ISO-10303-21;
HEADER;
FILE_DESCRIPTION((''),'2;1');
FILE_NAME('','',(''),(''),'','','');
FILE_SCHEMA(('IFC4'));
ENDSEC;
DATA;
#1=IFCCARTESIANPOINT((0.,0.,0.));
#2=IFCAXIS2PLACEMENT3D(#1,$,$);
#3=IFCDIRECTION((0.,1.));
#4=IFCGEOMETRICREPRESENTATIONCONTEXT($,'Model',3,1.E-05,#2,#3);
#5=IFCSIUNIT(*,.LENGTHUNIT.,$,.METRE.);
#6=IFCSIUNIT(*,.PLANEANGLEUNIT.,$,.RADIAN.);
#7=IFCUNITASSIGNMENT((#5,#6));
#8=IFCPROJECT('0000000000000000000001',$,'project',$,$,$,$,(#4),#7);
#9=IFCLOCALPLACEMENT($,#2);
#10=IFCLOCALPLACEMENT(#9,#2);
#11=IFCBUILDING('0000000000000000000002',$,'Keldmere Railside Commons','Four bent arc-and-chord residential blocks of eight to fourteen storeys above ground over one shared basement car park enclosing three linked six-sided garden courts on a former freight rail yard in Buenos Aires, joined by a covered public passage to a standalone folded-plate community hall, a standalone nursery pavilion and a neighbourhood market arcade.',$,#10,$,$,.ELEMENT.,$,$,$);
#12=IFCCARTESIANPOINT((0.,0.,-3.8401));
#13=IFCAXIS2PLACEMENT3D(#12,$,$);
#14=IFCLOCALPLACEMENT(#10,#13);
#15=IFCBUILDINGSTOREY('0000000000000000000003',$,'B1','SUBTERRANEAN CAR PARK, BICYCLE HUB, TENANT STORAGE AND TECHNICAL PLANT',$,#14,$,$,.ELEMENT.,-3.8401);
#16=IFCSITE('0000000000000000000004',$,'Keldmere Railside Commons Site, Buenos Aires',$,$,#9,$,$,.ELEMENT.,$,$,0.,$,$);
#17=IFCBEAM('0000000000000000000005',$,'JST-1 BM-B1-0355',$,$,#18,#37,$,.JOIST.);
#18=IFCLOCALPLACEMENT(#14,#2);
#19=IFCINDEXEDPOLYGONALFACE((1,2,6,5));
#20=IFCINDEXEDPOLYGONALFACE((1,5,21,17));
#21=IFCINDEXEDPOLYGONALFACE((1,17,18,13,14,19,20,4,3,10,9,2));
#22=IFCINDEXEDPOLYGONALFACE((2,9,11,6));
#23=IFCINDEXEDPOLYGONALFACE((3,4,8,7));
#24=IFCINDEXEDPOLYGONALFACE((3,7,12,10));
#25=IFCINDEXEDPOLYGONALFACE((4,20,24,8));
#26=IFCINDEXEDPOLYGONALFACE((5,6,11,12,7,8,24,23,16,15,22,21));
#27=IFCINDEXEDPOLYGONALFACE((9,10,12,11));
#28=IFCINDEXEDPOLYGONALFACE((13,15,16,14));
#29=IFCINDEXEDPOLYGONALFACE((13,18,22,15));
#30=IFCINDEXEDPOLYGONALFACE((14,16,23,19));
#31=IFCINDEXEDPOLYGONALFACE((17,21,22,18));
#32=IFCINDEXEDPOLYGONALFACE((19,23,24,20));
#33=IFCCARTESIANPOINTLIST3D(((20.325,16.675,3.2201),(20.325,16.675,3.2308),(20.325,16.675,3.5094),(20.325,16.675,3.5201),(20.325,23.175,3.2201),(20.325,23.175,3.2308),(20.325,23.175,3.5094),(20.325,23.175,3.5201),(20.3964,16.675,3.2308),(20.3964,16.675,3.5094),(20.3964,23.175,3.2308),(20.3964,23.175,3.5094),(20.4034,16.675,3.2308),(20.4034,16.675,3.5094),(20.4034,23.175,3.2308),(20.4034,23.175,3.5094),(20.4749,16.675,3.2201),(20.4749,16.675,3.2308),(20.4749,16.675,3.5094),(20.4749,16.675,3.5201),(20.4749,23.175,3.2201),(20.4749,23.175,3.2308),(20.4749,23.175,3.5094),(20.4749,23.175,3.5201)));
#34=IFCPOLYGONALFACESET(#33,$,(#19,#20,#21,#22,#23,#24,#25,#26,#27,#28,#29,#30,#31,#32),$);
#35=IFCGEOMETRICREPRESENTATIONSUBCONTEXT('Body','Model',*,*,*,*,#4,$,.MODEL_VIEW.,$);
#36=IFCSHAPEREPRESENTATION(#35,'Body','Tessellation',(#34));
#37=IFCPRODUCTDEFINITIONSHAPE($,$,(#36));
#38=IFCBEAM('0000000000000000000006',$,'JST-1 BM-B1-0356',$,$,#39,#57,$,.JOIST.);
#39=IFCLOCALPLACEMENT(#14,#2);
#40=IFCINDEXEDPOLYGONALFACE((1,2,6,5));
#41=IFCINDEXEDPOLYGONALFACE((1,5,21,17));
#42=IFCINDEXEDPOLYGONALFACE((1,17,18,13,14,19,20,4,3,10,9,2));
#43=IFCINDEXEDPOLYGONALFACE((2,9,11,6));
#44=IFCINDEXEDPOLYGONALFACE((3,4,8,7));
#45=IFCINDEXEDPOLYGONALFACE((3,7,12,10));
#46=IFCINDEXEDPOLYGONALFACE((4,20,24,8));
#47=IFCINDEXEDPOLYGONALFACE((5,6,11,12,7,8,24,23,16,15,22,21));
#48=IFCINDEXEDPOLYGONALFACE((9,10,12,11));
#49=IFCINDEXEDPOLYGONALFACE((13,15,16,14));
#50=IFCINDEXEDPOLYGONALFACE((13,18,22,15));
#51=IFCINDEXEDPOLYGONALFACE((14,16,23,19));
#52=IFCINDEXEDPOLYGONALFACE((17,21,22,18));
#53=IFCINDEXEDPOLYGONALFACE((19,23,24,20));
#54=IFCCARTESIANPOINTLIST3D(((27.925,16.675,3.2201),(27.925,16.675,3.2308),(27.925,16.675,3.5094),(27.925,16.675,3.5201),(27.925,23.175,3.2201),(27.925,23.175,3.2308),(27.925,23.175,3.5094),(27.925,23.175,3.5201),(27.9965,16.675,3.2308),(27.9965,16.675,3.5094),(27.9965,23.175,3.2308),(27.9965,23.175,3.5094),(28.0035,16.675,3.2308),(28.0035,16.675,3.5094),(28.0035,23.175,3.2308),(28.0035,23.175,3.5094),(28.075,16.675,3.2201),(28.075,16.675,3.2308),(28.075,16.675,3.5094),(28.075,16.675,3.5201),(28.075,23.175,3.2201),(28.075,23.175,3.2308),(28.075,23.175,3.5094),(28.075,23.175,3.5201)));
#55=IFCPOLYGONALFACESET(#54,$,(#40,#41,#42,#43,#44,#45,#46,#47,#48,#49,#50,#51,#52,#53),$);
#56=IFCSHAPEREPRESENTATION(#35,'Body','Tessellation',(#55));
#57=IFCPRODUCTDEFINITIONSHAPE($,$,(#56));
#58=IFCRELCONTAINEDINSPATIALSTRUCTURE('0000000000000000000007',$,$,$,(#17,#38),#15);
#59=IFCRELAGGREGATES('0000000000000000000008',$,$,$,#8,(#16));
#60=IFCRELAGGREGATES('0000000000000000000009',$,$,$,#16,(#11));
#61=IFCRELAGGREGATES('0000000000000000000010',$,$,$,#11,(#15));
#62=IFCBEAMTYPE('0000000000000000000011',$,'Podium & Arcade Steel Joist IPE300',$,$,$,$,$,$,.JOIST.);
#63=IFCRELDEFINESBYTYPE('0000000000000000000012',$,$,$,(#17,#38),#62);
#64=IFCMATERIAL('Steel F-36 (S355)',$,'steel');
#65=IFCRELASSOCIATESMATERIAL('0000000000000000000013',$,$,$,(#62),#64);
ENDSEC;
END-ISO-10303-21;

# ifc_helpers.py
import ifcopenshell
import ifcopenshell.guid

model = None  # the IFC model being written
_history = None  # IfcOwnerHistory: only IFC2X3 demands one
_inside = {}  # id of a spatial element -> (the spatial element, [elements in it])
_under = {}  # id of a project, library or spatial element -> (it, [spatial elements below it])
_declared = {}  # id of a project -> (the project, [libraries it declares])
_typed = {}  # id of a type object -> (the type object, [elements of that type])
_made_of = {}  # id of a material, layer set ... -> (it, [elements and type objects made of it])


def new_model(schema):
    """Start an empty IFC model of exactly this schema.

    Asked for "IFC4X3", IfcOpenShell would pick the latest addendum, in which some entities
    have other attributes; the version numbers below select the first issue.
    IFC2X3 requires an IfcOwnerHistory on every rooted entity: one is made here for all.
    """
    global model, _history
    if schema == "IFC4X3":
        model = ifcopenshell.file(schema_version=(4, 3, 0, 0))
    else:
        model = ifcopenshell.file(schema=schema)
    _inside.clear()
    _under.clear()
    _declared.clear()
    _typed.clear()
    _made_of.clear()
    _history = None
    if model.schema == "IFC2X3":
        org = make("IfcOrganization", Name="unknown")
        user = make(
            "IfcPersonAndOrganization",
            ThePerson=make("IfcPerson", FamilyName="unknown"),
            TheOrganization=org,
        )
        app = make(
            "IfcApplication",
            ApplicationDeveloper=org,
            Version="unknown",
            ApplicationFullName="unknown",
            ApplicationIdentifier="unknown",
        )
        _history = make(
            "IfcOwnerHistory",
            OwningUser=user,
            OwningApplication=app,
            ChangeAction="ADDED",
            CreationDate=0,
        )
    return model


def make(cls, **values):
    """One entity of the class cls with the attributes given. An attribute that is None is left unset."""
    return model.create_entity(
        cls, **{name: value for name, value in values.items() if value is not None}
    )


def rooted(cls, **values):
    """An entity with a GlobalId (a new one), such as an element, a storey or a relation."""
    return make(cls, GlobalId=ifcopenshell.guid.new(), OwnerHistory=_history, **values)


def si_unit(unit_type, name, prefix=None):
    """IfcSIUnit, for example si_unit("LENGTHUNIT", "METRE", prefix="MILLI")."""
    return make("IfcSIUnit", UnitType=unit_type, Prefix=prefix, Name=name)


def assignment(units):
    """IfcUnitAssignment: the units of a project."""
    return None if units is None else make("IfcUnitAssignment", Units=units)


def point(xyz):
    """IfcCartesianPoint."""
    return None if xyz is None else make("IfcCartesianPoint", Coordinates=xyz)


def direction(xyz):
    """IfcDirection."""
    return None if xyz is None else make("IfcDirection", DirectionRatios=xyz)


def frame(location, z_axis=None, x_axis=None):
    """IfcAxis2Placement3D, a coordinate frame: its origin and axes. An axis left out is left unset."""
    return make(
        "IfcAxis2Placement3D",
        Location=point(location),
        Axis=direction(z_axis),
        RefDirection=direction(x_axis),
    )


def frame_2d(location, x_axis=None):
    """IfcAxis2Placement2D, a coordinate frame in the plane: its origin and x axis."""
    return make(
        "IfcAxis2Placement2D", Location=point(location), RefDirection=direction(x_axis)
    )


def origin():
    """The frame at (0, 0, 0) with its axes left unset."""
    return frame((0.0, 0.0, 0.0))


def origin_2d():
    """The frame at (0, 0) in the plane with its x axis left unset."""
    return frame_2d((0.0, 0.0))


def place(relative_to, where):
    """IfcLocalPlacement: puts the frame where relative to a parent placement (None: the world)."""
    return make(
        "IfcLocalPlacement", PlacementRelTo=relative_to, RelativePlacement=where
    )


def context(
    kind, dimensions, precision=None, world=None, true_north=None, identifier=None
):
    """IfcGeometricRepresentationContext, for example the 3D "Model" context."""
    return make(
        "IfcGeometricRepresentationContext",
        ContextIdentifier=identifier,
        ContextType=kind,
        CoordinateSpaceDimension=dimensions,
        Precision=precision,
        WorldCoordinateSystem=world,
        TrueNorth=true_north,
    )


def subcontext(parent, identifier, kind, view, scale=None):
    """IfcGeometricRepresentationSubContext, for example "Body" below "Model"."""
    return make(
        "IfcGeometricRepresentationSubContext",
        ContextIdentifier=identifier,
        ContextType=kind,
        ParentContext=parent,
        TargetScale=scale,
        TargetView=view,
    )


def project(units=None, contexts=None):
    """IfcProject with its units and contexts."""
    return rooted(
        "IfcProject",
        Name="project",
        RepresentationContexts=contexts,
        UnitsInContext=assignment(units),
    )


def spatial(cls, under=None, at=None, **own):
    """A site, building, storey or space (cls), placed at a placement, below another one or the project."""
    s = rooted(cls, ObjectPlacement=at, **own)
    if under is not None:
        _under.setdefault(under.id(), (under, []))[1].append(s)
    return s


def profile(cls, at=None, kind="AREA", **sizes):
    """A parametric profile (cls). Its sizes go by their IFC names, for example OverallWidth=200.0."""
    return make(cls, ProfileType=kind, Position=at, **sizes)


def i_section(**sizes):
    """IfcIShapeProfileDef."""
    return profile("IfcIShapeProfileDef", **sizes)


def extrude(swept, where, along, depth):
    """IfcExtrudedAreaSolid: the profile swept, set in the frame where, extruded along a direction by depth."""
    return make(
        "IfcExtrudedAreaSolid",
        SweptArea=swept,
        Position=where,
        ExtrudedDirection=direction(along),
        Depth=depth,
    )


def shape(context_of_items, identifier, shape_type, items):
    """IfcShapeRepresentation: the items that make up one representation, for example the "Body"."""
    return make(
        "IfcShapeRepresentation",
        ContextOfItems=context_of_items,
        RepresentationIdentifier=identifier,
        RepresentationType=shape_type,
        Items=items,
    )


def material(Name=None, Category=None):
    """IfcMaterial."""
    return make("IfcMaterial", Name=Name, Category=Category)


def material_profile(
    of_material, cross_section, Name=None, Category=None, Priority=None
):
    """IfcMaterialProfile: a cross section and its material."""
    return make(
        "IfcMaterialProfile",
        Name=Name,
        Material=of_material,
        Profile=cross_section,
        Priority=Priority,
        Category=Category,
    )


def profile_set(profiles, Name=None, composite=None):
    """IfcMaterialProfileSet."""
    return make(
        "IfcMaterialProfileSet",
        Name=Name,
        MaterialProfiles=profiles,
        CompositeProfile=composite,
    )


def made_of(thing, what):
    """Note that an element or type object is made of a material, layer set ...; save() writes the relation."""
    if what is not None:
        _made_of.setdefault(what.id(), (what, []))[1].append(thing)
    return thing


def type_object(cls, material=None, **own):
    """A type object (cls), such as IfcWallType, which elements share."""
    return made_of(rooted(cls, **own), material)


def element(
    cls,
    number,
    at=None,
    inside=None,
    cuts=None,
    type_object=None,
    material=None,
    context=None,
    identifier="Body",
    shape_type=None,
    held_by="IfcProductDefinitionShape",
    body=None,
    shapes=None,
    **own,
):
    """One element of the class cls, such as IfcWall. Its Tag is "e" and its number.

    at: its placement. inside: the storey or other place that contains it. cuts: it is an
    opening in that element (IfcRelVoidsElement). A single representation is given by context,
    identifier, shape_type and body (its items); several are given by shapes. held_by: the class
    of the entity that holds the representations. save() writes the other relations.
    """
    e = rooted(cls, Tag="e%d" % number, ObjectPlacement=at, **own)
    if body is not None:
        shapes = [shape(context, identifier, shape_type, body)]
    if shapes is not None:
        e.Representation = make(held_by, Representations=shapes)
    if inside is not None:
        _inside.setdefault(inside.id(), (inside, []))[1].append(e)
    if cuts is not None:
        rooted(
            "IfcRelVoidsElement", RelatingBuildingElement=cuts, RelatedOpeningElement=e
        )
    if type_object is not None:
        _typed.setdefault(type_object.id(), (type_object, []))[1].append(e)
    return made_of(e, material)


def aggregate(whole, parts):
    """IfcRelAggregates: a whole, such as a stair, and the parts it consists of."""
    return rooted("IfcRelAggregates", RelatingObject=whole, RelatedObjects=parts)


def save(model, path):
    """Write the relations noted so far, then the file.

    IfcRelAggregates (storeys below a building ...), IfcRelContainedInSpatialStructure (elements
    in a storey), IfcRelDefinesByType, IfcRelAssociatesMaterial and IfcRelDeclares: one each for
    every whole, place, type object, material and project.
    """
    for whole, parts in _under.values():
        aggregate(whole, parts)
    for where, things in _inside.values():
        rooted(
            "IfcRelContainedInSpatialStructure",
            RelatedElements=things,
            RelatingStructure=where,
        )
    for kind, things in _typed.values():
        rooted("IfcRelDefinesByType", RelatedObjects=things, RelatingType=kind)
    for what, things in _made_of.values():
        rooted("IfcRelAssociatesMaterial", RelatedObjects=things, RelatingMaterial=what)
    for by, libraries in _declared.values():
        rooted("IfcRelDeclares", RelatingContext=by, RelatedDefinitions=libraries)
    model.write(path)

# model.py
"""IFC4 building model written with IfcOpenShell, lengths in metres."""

from ifc_helpers import new_model, si_unit, direction, frame, origin, origin_2d, place, context, subcontext, project, spatial, i_section, extrude, material, material_profile, profile_set, type_object, element, save


model = new_model("IFC4")

# Units and contexts
model_context = context("Model", 3, precision=1e-05, world=origin(), true_north=direction((0.0, 1.0)))
body_context = subcontext(model_context, "Body", "Model", "MODEL_VIEW")
ifc_project = project(units=[si_unit("LENGTHUNIT", "METRE"), si_unit("PLANEANGLEUNIT", "RADIAN")], contexts=[model_context])

# Site, building, storey
site_placement = place(None, origin())
site = spatial("IfcSite", under=ifc_project, at=site_placement, Name="Keldmere Railside Commons Site, Buenos Aires", CompositionType="ELEMENT", RefElevation=0.0)
building_placement = place(site_placement, origin())
building = spatial("IfcBuilding", under=site, at=building_placement, Name="Keldmere Railside Commons", Description="Four bent arc-and-chord residential blocks of eight to fourteen storeys above ground over one shared basement car park enclosing three linked six-sided garden courts on a former freight rail yard in Buenos Aires, joined by a covered public passage to a standalone folded-plate community hall, a standalone nursery pavilion and a neighbourhood market arcade.", CompositionType="ELEMENT")
storey_placement = place(building_placement, frame((0.0, 0.0, -3.8401)))
storey = spatial("IfcBuildingStorey", under=building, at=storey_placement, Name="B1", Description="SUBTERRANEAN CAR PARK, BICYCLE HUB, TENANT STORAGE AND TECHNICAL PLANT", CompositionType="ELEMENT", Elevation=-3.8401)

# Beams
ifc_material_1 = material(Name="Steel F-36 (S355)", Category="steel")
ifc_material_profile_1 = material_profile(ifc_material_1, i_section(OverallWidth=0.1499, OverallDepth=0.3, WebThickness=0.0071, FlangeThickness=0.0107, at=origin_2d()), Name="IPE-300")
ifc_profile_set_1 = profile_set([ifc_material_profile_1], Name="Steel F-36 (S355)")
beam_type_1 = type_object("IfcBeamType", Name="Podium & Arcade Steel Joist IPE300", PredefinedType="JOIST", material=ifc_profile_set_1)
for number, where, z_axis, x_axis, name in (
    (1, (20.3999, 16.675, 3.3701), (0.0, 1.0, 0.0), (-1.0, 0.0, 0.0), "JST-1 BM-B1-0355"),
    (2, (28.0, 16.675, 3.3701), (0.0, 1.0, 0.0), (-1.0, 0.0, 0.0), "JST-1 BM-B1-0356"),
):
    element("IfcBeam", number, at=place(storey_placement, frame(where, z_axis=z_axis, x_axis=x_axis)), inside=storey, type_object=beam_type_1, Name=name, PredefinedType="JOIST", context=body_context, shape_type="SweptSolid", body=[
        extrude(i_section(OverallWidth=0.1499, OverallDepth=0.3, WebThickness=0.0071, FlangeThickness=0.0107, at=origin_2d()), origin(), (0.0, 0.0, 1.0), 6.5),
    ])

save(model, "model.ifc")
